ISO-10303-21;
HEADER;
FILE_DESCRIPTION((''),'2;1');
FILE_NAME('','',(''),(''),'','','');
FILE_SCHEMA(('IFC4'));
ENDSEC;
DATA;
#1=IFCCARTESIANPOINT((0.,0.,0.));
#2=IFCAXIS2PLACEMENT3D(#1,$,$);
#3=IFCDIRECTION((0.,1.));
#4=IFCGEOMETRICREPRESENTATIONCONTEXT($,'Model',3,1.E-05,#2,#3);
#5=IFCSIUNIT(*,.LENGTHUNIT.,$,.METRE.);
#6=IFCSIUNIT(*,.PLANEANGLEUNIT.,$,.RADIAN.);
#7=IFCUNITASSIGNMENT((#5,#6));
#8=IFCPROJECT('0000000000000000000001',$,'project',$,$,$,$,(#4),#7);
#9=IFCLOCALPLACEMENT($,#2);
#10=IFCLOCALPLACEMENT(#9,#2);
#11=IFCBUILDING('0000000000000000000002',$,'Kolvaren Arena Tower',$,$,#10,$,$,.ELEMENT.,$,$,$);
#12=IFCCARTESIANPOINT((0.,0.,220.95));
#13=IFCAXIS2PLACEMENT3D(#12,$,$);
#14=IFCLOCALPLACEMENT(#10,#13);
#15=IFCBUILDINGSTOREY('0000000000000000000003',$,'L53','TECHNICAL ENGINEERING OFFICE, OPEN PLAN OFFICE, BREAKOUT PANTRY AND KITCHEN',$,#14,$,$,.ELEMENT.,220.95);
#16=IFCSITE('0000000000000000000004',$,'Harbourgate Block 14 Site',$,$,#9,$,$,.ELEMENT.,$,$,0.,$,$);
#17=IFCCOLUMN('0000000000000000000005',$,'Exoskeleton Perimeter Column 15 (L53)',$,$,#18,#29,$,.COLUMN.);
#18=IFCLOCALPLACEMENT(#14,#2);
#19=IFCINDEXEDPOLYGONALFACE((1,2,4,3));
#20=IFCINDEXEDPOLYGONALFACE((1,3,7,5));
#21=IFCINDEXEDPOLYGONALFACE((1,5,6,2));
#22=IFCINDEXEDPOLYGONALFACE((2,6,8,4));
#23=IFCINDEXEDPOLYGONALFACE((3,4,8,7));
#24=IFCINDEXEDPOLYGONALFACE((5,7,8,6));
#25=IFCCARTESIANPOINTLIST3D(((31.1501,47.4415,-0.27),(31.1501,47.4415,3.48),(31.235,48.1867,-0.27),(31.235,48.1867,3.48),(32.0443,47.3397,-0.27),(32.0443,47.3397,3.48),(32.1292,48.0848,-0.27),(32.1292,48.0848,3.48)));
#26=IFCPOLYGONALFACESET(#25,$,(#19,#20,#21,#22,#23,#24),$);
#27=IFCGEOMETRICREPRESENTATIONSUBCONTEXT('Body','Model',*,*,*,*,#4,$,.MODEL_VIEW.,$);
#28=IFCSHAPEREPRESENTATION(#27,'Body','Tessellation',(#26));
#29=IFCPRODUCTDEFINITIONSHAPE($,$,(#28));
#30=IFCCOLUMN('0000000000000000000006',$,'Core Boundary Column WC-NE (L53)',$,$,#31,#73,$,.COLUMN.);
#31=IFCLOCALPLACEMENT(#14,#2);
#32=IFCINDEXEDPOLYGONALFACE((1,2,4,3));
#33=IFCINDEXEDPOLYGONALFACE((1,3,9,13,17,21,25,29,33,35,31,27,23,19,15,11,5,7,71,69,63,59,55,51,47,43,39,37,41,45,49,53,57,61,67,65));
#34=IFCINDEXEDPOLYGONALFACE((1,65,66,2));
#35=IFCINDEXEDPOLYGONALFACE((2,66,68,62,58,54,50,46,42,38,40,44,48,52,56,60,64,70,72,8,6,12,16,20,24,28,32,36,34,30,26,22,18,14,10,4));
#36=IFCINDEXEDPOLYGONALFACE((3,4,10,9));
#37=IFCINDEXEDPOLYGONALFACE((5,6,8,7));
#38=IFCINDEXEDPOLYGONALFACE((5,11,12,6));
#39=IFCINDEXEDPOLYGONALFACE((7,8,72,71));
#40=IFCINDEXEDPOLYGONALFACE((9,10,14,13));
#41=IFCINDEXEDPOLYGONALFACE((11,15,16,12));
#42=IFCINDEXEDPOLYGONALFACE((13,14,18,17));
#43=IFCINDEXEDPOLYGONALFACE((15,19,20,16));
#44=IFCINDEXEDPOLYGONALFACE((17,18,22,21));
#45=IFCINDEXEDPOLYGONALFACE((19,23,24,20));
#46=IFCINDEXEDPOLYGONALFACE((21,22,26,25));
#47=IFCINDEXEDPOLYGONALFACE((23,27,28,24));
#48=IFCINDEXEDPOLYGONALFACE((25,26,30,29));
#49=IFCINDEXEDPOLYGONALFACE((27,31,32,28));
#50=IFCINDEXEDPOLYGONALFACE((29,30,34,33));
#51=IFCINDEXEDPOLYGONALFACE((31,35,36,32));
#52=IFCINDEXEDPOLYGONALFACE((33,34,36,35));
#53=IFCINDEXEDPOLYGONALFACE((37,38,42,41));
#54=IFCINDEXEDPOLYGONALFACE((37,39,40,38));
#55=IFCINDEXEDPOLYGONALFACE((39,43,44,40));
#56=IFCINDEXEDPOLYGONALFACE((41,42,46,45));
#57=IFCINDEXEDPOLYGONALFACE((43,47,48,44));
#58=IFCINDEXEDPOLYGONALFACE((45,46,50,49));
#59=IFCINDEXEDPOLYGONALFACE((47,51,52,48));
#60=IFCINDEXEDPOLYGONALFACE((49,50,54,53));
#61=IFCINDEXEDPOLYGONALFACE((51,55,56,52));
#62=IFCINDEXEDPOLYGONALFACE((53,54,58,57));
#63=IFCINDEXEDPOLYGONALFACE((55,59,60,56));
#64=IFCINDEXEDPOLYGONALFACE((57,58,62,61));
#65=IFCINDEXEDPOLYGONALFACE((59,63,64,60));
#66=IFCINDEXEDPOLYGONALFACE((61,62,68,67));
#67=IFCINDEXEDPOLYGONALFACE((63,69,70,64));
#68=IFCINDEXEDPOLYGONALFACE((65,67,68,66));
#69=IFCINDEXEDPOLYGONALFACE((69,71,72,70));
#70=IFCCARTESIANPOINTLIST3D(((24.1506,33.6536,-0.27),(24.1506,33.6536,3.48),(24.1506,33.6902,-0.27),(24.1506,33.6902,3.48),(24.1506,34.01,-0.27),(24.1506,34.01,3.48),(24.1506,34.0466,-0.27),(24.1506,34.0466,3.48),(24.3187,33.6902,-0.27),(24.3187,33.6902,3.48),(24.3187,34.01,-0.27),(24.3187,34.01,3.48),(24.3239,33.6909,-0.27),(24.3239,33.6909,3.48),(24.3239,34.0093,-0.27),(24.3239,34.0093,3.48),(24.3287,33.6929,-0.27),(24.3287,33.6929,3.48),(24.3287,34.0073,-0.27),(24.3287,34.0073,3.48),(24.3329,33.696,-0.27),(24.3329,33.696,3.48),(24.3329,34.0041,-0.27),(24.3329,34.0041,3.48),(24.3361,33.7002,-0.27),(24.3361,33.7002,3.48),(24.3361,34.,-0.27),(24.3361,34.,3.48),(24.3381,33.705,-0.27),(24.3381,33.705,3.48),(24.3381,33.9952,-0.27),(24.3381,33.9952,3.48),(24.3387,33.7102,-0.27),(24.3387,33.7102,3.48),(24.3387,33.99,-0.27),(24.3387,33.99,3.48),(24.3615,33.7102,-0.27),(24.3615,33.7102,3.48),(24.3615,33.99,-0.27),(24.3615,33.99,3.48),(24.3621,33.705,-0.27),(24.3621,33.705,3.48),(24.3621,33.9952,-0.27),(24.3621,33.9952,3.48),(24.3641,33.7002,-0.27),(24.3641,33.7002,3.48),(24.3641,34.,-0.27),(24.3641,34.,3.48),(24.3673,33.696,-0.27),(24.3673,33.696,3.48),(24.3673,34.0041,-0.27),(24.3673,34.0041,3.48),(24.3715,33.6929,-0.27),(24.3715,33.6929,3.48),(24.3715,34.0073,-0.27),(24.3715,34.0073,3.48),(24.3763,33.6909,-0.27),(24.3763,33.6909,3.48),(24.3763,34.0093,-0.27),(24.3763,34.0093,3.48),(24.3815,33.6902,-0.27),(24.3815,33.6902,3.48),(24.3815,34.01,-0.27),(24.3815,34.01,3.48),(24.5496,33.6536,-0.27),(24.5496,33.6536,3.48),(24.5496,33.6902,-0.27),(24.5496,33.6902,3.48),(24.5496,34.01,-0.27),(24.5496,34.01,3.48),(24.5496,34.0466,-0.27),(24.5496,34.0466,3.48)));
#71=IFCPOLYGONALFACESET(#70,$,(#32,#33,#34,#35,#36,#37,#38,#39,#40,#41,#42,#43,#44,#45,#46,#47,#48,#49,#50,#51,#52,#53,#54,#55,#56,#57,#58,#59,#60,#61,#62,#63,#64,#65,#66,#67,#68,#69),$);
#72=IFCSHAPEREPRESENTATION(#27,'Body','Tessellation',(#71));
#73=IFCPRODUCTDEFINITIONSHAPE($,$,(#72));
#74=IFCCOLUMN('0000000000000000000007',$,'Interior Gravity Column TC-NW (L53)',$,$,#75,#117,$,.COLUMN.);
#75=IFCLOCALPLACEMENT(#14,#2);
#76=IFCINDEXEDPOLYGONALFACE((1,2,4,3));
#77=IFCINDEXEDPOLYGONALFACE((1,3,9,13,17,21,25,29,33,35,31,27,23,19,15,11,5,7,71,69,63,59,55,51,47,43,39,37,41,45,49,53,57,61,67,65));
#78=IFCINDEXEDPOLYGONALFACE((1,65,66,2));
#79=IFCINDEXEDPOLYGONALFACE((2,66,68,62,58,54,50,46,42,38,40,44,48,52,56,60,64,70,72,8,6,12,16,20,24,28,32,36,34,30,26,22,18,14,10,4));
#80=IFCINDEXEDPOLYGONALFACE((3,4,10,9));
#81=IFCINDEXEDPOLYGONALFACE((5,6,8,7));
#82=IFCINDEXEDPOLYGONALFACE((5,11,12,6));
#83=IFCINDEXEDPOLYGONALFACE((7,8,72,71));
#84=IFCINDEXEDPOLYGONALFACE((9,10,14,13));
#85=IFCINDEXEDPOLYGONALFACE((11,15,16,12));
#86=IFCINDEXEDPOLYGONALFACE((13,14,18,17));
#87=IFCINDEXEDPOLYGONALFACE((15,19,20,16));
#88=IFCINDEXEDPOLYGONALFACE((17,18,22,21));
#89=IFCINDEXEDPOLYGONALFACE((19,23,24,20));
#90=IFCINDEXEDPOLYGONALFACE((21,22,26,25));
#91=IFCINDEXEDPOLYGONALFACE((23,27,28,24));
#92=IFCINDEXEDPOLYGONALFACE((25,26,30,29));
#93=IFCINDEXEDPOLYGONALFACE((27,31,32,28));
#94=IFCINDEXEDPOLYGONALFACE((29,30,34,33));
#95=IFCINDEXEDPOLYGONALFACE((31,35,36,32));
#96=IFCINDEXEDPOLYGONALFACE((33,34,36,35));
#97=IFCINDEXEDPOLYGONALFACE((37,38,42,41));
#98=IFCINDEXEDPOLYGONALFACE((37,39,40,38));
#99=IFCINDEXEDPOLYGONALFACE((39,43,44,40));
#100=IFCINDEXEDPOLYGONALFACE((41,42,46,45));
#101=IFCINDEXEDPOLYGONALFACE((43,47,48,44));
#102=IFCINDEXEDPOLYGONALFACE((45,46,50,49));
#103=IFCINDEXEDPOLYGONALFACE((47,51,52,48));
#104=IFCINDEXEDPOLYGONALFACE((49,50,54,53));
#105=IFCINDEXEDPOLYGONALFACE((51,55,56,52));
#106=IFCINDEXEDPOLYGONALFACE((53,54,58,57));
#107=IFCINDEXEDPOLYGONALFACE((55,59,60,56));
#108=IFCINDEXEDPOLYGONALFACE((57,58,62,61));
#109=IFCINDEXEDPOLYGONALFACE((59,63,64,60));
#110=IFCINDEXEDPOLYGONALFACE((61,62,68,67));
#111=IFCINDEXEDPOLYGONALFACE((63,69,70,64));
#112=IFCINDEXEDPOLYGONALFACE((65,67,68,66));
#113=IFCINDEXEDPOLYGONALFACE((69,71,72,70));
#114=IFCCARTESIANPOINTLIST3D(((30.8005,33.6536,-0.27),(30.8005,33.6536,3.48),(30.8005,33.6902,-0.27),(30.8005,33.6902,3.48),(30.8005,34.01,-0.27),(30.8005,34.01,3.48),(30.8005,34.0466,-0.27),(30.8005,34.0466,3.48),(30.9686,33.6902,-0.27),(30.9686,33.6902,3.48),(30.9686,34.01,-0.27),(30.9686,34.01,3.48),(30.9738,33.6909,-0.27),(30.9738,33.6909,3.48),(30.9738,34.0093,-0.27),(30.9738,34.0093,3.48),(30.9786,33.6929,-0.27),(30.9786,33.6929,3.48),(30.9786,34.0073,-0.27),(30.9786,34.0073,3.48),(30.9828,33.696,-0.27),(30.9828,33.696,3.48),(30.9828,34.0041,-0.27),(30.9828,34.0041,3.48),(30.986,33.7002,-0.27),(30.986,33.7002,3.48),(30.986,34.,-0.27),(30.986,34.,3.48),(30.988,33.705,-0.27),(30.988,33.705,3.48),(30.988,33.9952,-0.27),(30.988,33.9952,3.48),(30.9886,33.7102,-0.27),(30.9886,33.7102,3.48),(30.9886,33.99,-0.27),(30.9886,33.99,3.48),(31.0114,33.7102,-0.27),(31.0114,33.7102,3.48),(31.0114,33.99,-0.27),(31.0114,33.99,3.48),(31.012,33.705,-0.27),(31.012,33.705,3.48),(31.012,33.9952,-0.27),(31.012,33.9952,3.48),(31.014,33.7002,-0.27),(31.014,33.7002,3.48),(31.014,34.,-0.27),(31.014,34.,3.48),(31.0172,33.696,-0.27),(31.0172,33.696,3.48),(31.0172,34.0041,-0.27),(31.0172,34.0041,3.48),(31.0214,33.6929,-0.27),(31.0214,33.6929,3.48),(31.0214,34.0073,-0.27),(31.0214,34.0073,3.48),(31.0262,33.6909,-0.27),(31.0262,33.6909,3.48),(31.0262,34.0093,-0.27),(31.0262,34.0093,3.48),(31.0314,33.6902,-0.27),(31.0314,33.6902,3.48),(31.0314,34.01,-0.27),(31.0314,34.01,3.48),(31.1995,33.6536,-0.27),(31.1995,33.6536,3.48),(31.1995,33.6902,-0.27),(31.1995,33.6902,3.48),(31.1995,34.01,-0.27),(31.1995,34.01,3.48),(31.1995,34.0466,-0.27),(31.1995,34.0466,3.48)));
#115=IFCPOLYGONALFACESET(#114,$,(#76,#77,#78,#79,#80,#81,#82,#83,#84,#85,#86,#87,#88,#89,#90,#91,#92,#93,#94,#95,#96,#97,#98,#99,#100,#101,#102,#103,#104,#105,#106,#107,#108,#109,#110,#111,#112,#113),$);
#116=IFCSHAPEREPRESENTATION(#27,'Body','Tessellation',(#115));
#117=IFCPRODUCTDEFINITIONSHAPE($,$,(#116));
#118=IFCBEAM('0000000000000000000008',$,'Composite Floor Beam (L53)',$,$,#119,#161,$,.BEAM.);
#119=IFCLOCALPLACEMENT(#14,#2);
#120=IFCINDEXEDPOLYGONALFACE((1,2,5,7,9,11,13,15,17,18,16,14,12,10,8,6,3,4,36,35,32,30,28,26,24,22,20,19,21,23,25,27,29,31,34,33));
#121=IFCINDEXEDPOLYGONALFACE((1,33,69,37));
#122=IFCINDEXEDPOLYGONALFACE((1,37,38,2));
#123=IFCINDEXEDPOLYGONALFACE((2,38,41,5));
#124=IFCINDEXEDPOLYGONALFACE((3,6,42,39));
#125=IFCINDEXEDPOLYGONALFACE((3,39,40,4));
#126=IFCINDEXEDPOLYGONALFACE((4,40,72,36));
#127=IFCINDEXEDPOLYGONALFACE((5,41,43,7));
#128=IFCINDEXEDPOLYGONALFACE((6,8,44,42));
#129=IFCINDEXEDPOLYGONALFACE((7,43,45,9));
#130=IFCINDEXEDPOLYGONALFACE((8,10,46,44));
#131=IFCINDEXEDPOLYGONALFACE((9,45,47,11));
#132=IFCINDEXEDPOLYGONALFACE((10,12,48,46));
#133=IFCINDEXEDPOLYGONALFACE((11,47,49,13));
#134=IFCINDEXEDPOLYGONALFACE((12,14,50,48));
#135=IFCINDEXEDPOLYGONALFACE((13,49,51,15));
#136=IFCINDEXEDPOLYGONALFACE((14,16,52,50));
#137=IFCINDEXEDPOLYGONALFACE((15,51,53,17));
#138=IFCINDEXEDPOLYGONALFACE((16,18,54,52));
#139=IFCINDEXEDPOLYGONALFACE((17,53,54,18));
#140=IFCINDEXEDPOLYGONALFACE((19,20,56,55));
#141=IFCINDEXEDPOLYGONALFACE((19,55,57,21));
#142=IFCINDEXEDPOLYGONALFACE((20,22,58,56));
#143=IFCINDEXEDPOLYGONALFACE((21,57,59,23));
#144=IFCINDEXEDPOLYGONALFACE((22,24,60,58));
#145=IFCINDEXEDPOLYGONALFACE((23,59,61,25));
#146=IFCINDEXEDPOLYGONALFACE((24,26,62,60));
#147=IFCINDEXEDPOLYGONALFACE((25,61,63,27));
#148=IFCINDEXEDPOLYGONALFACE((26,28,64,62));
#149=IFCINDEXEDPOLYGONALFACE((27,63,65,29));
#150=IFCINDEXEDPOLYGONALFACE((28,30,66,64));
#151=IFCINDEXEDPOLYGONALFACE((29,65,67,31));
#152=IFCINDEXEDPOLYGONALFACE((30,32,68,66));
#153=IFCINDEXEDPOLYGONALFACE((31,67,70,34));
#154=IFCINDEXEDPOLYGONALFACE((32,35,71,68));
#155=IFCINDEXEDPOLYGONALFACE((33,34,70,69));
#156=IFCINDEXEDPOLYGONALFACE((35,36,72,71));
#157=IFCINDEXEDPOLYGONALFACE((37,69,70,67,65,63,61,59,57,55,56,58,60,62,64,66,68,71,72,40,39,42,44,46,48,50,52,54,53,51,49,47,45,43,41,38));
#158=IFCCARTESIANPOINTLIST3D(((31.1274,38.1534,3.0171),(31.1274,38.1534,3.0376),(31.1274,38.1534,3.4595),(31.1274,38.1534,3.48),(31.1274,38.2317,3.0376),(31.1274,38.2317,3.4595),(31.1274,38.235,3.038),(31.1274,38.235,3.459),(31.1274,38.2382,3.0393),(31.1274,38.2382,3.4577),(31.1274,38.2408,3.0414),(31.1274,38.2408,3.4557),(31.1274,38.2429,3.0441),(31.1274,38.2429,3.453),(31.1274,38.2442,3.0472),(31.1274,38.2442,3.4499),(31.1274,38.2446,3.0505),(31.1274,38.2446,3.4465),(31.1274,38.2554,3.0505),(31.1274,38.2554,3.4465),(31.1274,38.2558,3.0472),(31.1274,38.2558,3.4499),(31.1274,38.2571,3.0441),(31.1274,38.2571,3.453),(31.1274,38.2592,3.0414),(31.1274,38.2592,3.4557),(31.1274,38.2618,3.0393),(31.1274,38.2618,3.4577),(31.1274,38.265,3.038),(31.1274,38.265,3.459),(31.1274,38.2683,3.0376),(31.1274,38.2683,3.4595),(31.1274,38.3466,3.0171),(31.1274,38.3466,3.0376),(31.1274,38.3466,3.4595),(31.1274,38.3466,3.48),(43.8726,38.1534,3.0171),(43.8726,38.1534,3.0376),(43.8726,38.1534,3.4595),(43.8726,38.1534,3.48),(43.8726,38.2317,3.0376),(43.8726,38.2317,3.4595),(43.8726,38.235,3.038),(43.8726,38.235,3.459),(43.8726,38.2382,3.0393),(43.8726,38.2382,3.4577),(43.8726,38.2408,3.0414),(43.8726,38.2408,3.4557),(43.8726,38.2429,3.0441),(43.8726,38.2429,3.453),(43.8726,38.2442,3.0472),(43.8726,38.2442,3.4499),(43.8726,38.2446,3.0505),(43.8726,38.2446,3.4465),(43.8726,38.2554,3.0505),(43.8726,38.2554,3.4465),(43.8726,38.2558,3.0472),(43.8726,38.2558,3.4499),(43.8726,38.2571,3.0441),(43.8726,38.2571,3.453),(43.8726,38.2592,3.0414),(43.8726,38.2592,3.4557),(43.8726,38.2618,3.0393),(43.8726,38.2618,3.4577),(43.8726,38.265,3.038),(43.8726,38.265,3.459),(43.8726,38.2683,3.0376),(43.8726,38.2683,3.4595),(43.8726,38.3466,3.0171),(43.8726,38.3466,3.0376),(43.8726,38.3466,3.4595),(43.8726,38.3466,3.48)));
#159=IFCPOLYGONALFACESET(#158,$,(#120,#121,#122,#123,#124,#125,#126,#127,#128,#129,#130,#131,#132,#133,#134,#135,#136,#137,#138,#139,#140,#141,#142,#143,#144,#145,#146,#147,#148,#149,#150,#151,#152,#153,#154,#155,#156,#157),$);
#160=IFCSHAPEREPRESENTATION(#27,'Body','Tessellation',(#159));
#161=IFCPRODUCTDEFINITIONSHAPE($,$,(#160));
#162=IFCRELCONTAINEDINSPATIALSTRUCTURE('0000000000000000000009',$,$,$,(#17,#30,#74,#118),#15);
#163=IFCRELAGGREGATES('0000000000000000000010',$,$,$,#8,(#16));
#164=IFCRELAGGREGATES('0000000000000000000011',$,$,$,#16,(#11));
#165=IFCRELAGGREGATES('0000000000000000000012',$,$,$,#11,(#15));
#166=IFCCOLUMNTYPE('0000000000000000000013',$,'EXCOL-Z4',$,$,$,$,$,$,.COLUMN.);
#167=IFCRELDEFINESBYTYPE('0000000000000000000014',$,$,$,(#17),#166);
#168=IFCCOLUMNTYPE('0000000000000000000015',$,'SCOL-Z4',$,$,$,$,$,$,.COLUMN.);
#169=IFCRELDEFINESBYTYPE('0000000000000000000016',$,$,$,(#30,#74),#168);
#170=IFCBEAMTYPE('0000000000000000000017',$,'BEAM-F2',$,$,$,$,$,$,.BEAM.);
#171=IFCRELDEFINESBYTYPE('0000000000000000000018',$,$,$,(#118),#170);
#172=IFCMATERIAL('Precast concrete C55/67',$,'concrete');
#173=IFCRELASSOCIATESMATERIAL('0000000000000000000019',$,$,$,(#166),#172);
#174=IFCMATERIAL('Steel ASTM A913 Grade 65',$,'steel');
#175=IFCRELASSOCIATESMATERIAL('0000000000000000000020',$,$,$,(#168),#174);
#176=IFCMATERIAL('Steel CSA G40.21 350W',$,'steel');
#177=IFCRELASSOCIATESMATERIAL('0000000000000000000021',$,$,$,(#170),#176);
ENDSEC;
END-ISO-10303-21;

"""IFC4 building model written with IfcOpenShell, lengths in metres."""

from ifc_helpers import new_model, si_unit, direction, frame, origin, origin_2d, place, context, subcontext, project, spatial, rectangle, i_section, extrude, material, material_profile, profile_set, type_object, element, save


model = new_model("IFC4")

# Units and contexts
model_context = context("Model", 3, precision=1e-05, world=origin(), true_north=direction((0.0, 1.0)))
body_context = subcontext(model_context, "Body", "Model", "MODEL_VIEW")
ifc_project = project(units=[si_unit("LENGTHUNIT", "METRE"), si_unit("PLANEANGLEUNIT", "RADIAN")], contexts=[model_context])

# Site, building, storey
site_placement = place(None, origin())
site = spatial("IfcSite", under=ifc_project, at=site_placement, Name="Harbourgate Block 14 Site", CompositionType="ELEMENT", RefElevation=0.0)
building_placement = place(site_placement, origin())
building = spatial("IfcBuilding", under=site, at=building_placement, Name="Kolvaren Arena Tower", CompositionType="ELEMENT")
storey_placement = place(building_placement, frame((0.0, 0.0, 220.95)))
storey = spatial("IfcBuildingStorey", under=building, at=storey_placement, Name="L53", Description="TECHNICAL ENGINEERING OFFICE, OPEN PLAN OFFICE, BREAKOUT PANTRY AND KITCHEN", CompositionType="ELEMENT", Elevation=220.95)

# Columns
ifc_material_1 = material(Name="Precast concrete C55/67", Category="concrete")
ifc_material_profile_1 = material_profile(ifc_material_1, rectangle(XDim=0.8999, YDim=0.75, at=origin_2d()), Name="RC-900x750")
ifc_profile_set_1 = profile_set([ifc_material_profile_1], Name="Precast concrete C55/67")
column_type_1 = type_object("IfcColumnType", Name="EXCOL-Z4", PredefinedType="COLUMN", material=ifc_profile_set_1)
column_placement = place(storey_placement, frame((31.6396, 47.7632, -0.27), z_axis=(0.0, 0.0, 1.0), x_axis=(0.993572, -0.113203, 0.0)))
element("IfcColumn", 1, at=column_placement, inside=storey, type_object=column_type_1, Name="Exoskeleton Perimeter Column 15 (L53)", PredefinedType="COLUMN", context=body_context, shape_type="SweptSolid", body=[
    extrude(rectangle(XDim=0.8999, YDim=0.75, at=origin_2d()), origin(), (0.0, 0.0, 1.0), 3.75),
])
ifc_material_2 = material(Name="Steel ASTM A913 Grade 65", Category="steel")
ifc_material_profile_2 = material_profile(ifc_material_2, i_section(OverallWidth=0.3989, OverallDepth=0.3931, WebThickness=0.0227, FlangeThickness=0.0366, FilletRadius=0.02, at=origin_2d()), Name="W360x287")
ifc_profile_set_2 = profile_set([ifc_material_profile_2], Name="Steel ASTM A913 Grade 65")
column_type_2 = type_object("IfcColumnType", Name="SCOL-Z4", PredefinedType="COLUMN", material=ifc_profile_set_2)
for number, where, z_axis, x_axis, name in (
    (2, (24.3501, 33.8501, -0.27), (0.0, 0.0, 1.0), (1.0, 0.0, 0.0), "Core Boundary Column WC-NE (L53)"),
    (3, (31.0, 33.8501, -0.27), (0.0, 0.0, 1.0), (1.0, 0.0, 0.0), "Interior Gravity Column TC-NW (L53)"),
):
    element("IfcColumn", number, at=place(storey_placement, frame(where, z_axis=z_axis, x_axis=x_axis)), inside=storey, type_object=column_type_2, Name=name, PredefinedType="COLUMN", context=body_context, shape_type="SweptSolid", body=[
        extrude(i_section(OverallWidth=0.3989, OverallDepth=0.3931, WebThickness=0.0227, FlangeThickness=0.0366, FilletRadius=0.02, at=origin_2d()), origin(), (0.0, 0.0, 1.0), 3.75),
    ])

# Beam
ifc_material_3 = material(Name="Steel CSA G40.21 350W", Category="steel")
ifc_material_profile_3 = material_profile(ifc_material_3, i_section(OverallWidth=0.1931, OverallDepth=0.4629, WebThickness=0.0107, FlangeThickness=0.0205, FilletRadius=0.0129, at=origin_2d()), Name="W460x113")
ifc_profile_set_3 = profile_set([ifc_material_profile_3], Name="Steel CSA G40.21 350W")
beam_type_1 = type_object("IfcBeamType", Name="BEAM-F2", PredefinedType="BEAM", material=ifc_profile_set_3)
beam_1_placement = place(storey_placement, frame((31.1274, 38.25, 3.2485), z_axis=(1.0, 0.0, 0.0), x_axis=(0.0, 1.0, 0.0)))
element("IfcBeam", 4, at=beam_1_placement, inside=storey, type_object=beam_type_1, Name="Composite Floor Beam (L53)", PredefinedType="BEAM", context=body_context, shape_type="SweptSolid", body=[
    extrude(i_section(OverallWidth=0.1931, OverallDepth=0.4629, WebThickness=0.0107, FlangeThickness=0.0205, FilletRadius=0.0129, at=origin_2d()), origin(), (0.0, 0.0, 1.0), 12.7451),
])

save(model, "model.ifc")
